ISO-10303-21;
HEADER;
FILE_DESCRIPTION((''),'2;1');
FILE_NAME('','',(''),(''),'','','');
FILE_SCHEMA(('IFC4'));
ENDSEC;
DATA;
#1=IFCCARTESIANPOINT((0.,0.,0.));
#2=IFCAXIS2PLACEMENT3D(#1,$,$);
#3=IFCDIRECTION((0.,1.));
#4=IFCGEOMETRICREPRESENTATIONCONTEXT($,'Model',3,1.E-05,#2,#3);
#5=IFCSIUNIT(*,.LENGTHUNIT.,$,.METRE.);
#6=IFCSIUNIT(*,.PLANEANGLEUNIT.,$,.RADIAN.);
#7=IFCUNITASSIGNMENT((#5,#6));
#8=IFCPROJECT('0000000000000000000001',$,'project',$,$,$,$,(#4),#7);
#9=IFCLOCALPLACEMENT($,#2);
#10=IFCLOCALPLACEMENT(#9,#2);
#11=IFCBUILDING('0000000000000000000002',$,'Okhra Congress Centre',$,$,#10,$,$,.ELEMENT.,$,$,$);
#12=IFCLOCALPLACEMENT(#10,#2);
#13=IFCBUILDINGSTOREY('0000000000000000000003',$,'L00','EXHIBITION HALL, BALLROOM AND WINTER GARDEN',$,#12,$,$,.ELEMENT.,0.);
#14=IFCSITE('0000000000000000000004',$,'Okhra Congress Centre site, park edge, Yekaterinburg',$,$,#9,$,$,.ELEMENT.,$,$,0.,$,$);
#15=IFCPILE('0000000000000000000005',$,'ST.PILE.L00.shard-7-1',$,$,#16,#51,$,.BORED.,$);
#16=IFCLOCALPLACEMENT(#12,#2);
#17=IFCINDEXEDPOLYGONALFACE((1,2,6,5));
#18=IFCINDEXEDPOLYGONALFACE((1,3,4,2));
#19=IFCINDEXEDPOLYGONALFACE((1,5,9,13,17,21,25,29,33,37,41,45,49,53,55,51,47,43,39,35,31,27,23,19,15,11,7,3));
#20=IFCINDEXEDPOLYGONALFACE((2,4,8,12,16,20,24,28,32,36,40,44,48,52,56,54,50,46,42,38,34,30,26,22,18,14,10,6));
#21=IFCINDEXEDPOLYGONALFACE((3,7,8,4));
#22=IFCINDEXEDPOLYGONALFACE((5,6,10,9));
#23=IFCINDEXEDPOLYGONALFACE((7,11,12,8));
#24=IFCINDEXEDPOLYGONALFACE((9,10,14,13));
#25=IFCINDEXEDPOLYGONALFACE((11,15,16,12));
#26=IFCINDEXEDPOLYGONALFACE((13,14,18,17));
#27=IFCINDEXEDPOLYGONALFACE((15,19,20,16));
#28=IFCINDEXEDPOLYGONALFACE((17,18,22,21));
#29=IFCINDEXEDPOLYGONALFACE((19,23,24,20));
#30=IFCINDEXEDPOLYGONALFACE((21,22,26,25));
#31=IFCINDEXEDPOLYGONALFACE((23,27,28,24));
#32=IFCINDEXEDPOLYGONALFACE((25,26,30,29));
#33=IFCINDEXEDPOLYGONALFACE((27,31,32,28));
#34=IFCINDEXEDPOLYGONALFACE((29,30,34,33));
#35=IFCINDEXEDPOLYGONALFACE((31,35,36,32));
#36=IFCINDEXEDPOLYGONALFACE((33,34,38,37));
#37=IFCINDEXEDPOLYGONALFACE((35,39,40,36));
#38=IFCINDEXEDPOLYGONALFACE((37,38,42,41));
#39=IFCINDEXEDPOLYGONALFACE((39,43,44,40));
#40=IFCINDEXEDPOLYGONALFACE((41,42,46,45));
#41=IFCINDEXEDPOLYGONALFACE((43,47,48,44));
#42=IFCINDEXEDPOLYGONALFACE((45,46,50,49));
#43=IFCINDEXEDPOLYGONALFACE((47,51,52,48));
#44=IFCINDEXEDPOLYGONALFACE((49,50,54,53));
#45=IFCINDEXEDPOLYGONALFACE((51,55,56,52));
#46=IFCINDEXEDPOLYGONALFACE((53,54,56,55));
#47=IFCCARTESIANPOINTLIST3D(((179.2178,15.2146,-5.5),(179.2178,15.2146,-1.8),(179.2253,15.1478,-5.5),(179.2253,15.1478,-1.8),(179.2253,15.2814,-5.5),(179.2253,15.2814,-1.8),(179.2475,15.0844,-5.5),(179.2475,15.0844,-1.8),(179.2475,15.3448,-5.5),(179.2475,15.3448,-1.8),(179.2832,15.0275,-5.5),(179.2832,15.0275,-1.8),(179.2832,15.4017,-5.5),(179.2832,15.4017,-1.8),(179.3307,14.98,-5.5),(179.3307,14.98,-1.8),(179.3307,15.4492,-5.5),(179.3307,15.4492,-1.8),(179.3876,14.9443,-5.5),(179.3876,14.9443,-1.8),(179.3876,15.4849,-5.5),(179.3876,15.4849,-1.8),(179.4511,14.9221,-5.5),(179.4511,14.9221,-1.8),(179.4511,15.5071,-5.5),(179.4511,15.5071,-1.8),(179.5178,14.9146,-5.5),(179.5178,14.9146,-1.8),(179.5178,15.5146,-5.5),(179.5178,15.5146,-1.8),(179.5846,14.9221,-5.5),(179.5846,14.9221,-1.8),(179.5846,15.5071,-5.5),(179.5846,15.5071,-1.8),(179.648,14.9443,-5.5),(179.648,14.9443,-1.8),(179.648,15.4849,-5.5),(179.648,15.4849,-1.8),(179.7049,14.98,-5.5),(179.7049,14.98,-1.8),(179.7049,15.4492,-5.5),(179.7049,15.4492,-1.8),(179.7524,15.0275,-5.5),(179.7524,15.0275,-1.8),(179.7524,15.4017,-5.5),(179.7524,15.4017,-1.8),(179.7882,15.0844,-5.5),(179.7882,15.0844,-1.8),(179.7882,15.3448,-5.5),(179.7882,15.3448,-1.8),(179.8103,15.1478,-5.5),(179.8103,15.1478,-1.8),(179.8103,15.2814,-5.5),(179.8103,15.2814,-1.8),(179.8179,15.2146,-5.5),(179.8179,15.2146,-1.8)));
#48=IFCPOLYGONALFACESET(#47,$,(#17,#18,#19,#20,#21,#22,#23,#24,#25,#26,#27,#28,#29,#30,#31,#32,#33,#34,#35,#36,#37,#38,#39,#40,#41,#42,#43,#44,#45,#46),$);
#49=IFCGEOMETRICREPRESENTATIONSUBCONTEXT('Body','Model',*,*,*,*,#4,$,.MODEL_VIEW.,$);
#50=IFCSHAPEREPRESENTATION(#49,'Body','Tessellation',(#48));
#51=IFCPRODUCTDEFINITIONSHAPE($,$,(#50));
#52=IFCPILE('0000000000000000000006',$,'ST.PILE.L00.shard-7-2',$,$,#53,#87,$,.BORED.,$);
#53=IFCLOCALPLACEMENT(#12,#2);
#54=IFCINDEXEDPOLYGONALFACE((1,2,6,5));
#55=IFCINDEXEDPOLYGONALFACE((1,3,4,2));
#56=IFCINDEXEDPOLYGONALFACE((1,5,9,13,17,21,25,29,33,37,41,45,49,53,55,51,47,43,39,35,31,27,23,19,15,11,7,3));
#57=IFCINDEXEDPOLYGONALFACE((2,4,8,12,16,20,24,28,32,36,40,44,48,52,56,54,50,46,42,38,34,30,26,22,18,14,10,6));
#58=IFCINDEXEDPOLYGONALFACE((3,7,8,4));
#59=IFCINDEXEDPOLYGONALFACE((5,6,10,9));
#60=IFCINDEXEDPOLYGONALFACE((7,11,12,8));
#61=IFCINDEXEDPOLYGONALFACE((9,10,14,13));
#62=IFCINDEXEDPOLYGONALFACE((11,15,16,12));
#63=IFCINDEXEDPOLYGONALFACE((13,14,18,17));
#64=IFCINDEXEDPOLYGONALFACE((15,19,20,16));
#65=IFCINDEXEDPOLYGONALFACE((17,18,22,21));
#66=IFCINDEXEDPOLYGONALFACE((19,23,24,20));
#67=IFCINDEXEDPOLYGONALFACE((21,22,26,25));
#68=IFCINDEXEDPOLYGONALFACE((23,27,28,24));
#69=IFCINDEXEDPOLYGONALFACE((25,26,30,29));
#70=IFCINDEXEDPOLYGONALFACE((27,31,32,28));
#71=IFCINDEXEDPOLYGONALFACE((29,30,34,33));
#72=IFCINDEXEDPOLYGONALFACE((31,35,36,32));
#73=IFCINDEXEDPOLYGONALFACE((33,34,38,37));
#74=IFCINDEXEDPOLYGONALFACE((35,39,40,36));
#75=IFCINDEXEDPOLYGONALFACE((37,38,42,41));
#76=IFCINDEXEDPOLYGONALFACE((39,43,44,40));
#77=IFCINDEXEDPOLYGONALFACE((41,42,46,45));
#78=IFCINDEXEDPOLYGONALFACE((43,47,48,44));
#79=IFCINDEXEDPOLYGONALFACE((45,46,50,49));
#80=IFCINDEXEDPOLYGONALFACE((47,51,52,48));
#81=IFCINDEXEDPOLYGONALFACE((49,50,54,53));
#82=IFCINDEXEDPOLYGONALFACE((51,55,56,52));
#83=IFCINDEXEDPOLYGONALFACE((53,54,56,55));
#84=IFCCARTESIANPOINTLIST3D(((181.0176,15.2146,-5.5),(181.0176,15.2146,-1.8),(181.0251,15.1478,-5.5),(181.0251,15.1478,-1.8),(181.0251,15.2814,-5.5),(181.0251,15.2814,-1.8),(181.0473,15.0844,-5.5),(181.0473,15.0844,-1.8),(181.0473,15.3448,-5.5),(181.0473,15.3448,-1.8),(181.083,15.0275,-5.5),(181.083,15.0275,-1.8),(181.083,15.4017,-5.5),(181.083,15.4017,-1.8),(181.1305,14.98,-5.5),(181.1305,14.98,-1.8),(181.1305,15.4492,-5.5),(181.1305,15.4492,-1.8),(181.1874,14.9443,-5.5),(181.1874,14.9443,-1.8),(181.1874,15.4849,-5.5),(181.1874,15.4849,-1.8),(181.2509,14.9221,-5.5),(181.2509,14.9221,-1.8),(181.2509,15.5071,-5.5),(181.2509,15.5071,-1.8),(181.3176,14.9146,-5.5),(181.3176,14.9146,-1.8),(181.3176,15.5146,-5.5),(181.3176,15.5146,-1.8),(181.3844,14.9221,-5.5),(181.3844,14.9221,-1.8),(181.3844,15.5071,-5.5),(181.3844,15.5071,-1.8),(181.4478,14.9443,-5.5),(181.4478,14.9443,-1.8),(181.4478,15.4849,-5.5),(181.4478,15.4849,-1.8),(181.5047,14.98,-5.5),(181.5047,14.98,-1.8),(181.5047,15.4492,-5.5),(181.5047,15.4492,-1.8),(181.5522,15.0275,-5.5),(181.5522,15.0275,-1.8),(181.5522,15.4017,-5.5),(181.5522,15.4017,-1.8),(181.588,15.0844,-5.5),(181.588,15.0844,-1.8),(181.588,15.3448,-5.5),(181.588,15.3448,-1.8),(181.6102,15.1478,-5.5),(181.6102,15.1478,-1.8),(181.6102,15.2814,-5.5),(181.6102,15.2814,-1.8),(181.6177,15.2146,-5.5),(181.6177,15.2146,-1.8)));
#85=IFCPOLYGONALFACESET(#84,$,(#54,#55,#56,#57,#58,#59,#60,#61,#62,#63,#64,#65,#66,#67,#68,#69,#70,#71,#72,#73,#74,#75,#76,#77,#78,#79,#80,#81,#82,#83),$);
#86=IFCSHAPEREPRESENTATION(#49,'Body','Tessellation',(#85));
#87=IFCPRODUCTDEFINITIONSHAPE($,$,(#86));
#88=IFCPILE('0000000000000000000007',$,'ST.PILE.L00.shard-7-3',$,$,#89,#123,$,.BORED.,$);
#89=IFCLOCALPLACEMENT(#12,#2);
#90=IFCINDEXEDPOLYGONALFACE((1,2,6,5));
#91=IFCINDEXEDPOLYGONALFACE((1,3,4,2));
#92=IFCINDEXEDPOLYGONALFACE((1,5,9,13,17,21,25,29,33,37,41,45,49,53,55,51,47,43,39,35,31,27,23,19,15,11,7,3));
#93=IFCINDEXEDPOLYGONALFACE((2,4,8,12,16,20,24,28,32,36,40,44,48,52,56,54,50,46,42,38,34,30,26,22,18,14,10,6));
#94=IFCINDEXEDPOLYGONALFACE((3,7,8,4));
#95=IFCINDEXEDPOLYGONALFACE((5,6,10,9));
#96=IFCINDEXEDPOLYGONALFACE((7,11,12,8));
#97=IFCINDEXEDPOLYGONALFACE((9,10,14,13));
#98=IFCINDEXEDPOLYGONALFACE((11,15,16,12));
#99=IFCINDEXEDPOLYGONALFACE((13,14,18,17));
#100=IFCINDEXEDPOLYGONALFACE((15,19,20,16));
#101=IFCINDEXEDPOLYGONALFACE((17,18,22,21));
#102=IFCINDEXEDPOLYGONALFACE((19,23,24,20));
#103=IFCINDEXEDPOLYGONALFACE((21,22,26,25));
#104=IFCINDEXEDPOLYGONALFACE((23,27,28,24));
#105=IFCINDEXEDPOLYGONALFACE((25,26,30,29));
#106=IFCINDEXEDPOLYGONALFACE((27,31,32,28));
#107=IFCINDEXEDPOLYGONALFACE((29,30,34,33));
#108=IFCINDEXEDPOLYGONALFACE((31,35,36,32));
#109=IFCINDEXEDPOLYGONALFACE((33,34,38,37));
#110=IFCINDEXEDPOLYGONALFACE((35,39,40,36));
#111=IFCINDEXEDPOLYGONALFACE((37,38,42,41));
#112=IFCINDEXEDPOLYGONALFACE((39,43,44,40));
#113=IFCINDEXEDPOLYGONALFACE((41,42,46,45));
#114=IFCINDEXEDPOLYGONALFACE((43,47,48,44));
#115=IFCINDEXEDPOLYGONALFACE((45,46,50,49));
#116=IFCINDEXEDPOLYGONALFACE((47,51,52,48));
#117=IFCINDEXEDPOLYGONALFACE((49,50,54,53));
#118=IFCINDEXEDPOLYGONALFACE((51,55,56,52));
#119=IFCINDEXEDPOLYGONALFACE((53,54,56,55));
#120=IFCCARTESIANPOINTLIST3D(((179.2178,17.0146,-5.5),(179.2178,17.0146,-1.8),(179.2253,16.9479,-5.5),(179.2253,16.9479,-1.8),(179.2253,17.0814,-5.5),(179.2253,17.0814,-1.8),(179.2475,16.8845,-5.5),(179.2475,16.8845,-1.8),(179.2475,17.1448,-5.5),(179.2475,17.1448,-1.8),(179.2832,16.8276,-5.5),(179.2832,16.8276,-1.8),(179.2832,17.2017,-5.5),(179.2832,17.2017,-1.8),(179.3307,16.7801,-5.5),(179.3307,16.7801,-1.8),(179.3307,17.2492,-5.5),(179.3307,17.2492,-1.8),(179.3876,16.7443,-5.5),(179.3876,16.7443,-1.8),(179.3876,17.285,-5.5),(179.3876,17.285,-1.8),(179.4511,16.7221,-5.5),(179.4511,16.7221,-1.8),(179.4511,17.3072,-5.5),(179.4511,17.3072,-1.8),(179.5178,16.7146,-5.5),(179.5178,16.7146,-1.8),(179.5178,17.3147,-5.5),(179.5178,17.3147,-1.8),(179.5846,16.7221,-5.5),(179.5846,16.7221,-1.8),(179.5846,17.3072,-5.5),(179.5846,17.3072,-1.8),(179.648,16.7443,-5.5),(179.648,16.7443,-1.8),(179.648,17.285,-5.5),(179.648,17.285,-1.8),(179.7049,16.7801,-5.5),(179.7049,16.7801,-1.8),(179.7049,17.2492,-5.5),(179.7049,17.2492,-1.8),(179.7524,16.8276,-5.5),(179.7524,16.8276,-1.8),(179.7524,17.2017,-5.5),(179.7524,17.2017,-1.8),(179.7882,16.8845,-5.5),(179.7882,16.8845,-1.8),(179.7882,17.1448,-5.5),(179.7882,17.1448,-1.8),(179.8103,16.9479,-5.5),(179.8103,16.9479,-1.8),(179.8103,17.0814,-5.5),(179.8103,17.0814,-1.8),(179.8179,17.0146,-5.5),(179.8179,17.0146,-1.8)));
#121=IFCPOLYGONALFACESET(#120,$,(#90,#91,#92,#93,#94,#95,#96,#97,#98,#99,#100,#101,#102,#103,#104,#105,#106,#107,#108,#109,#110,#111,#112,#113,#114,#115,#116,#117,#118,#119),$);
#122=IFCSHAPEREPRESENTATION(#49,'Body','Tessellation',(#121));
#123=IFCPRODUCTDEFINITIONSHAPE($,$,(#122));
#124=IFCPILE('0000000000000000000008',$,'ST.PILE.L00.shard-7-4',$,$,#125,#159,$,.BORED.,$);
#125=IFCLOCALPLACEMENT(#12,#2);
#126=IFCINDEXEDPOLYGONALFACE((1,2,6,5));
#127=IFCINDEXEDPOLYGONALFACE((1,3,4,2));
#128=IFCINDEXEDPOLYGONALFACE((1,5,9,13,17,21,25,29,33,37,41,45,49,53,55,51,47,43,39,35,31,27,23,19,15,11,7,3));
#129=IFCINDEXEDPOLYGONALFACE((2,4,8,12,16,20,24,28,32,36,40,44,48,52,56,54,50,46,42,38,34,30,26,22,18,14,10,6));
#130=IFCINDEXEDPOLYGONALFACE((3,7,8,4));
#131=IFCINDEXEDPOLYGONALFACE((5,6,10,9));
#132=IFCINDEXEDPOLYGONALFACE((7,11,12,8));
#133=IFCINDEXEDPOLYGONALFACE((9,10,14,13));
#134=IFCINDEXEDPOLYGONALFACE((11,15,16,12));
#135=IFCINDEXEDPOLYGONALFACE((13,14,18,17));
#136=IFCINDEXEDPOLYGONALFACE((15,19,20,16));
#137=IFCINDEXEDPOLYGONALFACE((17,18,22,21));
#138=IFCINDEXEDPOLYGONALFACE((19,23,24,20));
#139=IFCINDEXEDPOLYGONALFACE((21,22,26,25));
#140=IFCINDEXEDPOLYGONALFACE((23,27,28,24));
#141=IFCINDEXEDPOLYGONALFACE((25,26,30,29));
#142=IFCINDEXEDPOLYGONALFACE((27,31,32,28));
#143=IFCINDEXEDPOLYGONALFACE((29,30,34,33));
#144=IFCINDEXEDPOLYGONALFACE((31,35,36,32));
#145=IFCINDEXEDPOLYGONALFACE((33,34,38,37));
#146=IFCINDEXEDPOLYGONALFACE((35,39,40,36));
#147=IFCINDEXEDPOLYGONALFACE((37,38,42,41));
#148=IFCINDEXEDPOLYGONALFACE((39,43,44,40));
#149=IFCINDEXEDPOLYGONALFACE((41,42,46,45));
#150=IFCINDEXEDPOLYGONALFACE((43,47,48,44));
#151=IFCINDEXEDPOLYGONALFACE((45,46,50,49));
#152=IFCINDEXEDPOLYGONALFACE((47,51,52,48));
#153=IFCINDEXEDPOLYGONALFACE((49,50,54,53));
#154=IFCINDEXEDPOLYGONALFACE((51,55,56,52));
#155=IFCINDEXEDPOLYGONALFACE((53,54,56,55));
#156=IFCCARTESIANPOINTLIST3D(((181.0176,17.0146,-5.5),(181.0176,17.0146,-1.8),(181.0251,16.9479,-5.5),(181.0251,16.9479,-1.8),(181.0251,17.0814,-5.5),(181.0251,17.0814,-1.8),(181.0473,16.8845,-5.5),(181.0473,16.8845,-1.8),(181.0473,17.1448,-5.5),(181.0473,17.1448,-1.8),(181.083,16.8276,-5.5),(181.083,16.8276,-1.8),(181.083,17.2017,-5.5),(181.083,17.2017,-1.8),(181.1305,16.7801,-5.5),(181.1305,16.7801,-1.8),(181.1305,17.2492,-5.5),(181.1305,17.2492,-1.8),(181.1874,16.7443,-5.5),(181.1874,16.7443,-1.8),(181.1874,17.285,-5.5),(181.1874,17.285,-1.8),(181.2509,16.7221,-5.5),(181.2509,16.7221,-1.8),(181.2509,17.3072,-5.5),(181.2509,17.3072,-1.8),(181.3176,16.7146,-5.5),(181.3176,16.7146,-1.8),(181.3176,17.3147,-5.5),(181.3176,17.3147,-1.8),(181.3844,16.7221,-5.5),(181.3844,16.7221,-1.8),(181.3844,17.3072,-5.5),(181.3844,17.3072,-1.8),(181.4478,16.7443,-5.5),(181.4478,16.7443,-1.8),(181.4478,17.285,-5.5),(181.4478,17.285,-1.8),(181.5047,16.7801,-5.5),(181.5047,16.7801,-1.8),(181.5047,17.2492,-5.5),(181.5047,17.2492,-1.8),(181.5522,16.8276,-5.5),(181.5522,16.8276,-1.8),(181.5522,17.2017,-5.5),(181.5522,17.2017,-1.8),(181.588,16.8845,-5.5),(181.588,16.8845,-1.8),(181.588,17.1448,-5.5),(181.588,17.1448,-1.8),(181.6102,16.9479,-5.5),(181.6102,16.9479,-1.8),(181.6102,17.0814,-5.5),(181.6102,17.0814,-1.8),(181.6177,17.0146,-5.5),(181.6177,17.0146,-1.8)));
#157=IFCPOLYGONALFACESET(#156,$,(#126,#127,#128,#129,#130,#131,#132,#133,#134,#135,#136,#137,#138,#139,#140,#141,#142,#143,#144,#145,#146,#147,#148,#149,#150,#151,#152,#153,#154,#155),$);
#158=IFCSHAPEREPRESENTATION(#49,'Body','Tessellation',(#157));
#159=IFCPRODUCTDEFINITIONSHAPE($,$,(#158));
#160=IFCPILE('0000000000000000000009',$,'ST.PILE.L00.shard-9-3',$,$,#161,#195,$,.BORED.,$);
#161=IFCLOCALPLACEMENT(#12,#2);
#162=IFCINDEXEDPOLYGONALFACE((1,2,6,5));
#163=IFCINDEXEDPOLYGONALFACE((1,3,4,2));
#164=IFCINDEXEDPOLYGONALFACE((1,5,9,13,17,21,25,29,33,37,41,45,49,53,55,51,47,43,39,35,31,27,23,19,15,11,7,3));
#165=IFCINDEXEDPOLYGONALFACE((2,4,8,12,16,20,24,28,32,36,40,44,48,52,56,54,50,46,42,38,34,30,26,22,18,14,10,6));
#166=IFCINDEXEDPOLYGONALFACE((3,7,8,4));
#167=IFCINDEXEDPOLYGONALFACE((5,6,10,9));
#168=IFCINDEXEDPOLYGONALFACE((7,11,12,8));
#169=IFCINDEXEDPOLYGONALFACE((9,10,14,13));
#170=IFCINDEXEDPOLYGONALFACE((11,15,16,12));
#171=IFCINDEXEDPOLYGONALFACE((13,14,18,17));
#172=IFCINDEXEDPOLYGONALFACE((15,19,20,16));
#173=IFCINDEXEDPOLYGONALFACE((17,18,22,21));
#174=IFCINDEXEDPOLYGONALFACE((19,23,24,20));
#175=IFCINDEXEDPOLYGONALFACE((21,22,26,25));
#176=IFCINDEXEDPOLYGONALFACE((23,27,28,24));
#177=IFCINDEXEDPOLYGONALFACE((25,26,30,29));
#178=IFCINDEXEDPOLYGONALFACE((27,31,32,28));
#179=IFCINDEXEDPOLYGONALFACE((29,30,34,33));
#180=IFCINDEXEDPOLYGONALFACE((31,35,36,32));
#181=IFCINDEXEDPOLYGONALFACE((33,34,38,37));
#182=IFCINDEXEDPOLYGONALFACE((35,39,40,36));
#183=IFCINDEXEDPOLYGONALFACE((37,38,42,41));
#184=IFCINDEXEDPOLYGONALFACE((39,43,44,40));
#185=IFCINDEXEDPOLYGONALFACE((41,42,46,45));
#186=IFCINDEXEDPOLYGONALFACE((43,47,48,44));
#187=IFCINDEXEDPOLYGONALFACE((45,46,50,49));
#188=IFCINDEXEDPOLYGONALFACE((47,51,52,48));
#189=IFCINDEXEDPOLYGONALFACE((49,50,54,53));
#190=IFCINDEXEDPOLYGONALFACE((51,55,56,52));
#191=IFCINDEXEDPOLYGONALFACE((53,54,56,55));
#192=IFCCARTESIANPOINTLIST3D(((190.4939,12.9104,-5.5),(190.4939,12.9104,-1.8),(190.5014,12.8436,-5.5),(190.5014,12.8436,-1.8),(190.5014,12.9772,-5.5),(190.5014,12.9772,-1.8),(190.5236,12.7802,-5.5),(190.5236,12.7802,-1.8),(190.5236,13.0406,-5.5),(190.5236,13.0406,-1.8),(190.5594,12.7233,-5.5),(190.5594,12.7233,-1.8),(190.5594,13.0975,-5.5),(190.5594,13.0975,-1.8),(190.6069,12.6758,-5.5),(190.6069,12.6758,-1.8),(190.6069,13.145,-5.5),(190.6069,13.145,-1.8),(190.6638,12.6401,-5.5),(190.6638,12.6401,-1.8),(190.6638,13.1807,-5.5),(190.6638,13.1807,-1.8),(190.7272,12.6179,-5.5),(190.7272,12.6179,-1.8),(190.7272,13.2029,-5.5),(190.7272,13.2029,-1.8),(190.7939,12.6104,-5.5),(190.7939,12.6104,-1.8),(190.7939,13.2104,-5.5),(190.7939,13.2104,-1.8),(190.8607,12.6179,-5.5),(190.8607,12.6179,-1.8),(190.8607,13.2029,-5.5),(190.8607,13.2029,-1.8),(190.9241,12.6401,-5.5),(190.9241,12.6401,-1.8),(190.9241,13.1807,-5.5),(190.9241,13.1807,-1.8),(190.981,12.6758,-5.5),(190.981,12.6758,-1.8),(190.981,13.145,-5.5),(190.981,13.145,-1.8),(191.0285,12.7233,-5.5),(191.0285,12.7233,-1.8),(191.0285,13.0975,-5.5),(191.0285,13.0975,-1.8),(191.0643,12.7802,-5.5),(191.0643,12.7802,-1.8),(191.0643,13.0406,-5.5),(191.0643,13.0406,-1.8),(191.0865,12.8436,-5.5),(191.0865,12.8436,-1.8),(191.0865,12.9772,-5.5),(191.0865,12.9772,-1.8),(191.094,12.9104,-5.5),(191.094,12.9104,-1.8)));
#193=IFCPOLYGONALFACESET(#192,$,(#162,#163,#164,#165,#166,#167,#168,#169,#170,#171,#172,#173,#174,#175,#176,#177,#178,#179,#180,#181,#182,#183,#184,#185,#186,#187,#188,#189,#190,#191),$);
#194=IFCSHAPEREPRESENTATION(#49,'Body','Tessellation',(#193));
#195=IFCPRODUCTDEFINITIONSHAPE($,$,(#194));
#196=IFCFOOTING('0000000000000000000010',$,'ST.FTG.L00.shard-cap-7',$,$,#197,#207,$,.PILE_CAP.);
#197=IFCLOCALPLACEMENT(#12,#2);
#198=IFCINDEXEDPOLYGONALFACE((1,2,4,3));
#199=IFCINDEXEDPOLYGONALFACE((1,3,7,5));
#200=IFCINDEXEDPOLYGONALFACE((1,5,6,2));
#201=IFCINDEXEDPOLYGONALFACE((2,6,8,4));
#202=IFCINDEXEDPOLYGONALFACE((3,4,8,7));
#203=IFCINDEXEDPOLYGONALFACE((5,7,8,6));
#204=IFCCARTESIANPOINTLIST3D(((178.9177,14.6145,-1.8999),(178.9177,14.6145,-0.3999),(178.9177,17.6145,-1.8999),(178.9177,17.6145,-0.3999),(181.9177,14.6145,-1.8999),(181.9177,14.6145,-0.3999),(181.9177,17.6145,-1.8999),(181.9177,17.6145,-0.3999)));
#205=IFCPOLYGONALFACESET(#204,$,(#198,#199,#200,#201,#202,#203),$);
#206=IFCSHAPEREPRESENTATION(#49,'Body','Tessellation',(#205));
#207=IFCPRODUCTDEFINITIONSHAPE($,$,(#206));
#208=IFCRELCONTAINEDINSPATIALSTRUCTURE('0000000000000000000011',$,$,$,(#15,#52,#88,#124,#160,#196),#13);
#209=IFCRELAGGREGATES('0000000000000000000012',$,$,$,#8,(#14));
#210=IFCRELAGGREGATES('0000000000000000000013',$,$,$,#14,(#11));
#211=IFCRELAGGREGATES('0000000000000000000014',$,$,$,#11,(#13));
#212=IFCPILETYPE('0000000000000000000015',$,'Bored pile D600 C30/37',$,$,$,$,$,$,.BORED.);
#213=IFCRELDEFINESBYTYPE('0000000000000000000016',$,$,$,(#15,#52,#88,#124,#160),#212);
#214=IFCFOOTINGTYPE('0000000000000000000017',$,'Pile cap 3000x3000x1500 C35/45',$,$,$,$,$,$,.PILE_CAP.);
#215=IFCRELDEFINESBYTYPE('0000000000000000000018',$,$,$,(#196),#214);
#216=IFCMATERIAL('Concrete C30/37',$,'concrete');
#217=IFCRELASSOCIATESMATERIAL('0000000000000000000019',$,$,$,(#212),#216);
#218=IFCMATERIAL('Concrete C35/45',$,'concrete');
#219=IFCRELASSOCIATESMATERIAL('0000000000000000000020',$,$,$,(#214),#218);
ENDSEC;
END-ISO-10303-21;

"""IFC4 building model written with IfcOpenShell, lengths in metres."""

from ifc_helpers import new_model, si_unit, direction, frame, origin, origin_2d, place, context, subcontext, project, spatial, rectangle, circle, extrude, material, material_profile, profile_set, type_object, element, save


model = new_model("IFC4")

# Units and contexts
model_context = context("Model", 3, precision=1e-05, world=origin(), true_north=direction((0.0, 1.0)))
body_context = subcontext(model_context, "Body", "Model", "MODEL_VIEW")
ifc_project = project(units=[si_unit("LENGTHUNIT", "METRE"), si_unit("PLANEANGLEUNIT", "RADIAN")], contexts=[model_context])

# Site, building, storey
site_placement = place(None, origin())
site = spatial("IfcSite", under=ifc_project, at=site_placement, Name="Okhra Congress Centre site, park edge, Yekaterinburg", CompositionType="ELEMENT", RefElevation=0.0)
building_placement = place(site_placement, origin())
building = spatial("IfcBuilding", under=site, at=building_placement, Name="Okhra Congress Centre", CompositionType="ELEMENT")
storey_placement = place(building_placement, origin())
storey = spatial("IfcBuildingStorey", under=building, at=storey_placement, Name="L00", Description="EXHIBITION HALL, BALLROOM AND WINTER GARDEN", CompositionType="ELEMENT", Elevation=0.0)

# Piles
ifc_material_1 = material(Name="Concrete C30/37", Category="concrete")
ifc_material_profile_1 = material_profile(ifc_material_1, circle(Radius=0.3, at=origin_2d()), Name="D600")
ifc_profile_set_1 = profile_set([ifc_material_profile_1], Name="Concrete C30/37")
pile_type = type_object("IfcPileType", Name="Bored pile D600 C30/37", PredefinedType="BORED", material=ifc_profile_set_1)
for number, where, z_axis, x_axis, name in (
    (1, (179.5178, 15.2146, -1.8), (0.0, 0.0, -1.0), (1.0, 0.0, 0.0), "ST.PILE.L00.shard-7-1"),
    (2, (181.3176, 15.2146, -1.8), (0.0, 0.0, -1.0), (1.0, 0.0, 0.0), "ST.PILE.L00.shard-7-2"),
    (3, (179.5178, 17.0146, -1.8), (0.0, 0.0, -1.0), (1.0, 0.0, 0.0), "ST.PILE.L00.shard-7-3"),
    (4, (181.3176, 17.0146, -1.8), (0.0, 0.0, -1.0), (1.0, 0.0, 0.0), "ST.PILE.L00.shard-7-4"),
    (5, (190.7939, 12.9104, -1.8), (0.0, 0.0, -1.0), (1.0, 0.0, 0.0), "ST.PILE.L00.shard-9-3"),
):
    element("IfcPile", number, at=place(storey_placement, frame(where, z_axis=z_axis, x_axis=x_axis)), inside=storey, type_object=pile_type, Name=name, PredefinedType="BORED", context=body_context, shape_type="SweptSolid", body=[
        extrude(circle(Radius=0.3, at=origin_2d()), origin(), (0.0, 0.0, 1.0), 3.7),
    ])

# Footing
ifc_material_2 = material(Name="Concrete C35/45", Category="concrete")
footing_type = type_object("IfcFootingType", Name="Pile cap 3000x3000x1500 C35/45", PredefinedType="PILE_CAP", material=ifc_material_2)
footing_placement = place(storey_placement, frame((180.4177, 16.1145, -1.8999), z_axis=(0.0, 0.0, 1.0), x_axis=(1.0, 0.0, 0.0)))
element("IfcFooting", 6, at=footing_placement, inside=storey, type_object=footing_type, Name="ST.FTG.L00.shard-cap-7", PredefinedType="PILE_CAP", context=body_context, shape_type="SweptSolid", body=[
    extrude(rectangle(XDim=3.0, YDim=3.0, at=origin_2d()), origin(), (0.0, 0.0, 1.0), 1.5),
])

save(model, "model.ifc")
